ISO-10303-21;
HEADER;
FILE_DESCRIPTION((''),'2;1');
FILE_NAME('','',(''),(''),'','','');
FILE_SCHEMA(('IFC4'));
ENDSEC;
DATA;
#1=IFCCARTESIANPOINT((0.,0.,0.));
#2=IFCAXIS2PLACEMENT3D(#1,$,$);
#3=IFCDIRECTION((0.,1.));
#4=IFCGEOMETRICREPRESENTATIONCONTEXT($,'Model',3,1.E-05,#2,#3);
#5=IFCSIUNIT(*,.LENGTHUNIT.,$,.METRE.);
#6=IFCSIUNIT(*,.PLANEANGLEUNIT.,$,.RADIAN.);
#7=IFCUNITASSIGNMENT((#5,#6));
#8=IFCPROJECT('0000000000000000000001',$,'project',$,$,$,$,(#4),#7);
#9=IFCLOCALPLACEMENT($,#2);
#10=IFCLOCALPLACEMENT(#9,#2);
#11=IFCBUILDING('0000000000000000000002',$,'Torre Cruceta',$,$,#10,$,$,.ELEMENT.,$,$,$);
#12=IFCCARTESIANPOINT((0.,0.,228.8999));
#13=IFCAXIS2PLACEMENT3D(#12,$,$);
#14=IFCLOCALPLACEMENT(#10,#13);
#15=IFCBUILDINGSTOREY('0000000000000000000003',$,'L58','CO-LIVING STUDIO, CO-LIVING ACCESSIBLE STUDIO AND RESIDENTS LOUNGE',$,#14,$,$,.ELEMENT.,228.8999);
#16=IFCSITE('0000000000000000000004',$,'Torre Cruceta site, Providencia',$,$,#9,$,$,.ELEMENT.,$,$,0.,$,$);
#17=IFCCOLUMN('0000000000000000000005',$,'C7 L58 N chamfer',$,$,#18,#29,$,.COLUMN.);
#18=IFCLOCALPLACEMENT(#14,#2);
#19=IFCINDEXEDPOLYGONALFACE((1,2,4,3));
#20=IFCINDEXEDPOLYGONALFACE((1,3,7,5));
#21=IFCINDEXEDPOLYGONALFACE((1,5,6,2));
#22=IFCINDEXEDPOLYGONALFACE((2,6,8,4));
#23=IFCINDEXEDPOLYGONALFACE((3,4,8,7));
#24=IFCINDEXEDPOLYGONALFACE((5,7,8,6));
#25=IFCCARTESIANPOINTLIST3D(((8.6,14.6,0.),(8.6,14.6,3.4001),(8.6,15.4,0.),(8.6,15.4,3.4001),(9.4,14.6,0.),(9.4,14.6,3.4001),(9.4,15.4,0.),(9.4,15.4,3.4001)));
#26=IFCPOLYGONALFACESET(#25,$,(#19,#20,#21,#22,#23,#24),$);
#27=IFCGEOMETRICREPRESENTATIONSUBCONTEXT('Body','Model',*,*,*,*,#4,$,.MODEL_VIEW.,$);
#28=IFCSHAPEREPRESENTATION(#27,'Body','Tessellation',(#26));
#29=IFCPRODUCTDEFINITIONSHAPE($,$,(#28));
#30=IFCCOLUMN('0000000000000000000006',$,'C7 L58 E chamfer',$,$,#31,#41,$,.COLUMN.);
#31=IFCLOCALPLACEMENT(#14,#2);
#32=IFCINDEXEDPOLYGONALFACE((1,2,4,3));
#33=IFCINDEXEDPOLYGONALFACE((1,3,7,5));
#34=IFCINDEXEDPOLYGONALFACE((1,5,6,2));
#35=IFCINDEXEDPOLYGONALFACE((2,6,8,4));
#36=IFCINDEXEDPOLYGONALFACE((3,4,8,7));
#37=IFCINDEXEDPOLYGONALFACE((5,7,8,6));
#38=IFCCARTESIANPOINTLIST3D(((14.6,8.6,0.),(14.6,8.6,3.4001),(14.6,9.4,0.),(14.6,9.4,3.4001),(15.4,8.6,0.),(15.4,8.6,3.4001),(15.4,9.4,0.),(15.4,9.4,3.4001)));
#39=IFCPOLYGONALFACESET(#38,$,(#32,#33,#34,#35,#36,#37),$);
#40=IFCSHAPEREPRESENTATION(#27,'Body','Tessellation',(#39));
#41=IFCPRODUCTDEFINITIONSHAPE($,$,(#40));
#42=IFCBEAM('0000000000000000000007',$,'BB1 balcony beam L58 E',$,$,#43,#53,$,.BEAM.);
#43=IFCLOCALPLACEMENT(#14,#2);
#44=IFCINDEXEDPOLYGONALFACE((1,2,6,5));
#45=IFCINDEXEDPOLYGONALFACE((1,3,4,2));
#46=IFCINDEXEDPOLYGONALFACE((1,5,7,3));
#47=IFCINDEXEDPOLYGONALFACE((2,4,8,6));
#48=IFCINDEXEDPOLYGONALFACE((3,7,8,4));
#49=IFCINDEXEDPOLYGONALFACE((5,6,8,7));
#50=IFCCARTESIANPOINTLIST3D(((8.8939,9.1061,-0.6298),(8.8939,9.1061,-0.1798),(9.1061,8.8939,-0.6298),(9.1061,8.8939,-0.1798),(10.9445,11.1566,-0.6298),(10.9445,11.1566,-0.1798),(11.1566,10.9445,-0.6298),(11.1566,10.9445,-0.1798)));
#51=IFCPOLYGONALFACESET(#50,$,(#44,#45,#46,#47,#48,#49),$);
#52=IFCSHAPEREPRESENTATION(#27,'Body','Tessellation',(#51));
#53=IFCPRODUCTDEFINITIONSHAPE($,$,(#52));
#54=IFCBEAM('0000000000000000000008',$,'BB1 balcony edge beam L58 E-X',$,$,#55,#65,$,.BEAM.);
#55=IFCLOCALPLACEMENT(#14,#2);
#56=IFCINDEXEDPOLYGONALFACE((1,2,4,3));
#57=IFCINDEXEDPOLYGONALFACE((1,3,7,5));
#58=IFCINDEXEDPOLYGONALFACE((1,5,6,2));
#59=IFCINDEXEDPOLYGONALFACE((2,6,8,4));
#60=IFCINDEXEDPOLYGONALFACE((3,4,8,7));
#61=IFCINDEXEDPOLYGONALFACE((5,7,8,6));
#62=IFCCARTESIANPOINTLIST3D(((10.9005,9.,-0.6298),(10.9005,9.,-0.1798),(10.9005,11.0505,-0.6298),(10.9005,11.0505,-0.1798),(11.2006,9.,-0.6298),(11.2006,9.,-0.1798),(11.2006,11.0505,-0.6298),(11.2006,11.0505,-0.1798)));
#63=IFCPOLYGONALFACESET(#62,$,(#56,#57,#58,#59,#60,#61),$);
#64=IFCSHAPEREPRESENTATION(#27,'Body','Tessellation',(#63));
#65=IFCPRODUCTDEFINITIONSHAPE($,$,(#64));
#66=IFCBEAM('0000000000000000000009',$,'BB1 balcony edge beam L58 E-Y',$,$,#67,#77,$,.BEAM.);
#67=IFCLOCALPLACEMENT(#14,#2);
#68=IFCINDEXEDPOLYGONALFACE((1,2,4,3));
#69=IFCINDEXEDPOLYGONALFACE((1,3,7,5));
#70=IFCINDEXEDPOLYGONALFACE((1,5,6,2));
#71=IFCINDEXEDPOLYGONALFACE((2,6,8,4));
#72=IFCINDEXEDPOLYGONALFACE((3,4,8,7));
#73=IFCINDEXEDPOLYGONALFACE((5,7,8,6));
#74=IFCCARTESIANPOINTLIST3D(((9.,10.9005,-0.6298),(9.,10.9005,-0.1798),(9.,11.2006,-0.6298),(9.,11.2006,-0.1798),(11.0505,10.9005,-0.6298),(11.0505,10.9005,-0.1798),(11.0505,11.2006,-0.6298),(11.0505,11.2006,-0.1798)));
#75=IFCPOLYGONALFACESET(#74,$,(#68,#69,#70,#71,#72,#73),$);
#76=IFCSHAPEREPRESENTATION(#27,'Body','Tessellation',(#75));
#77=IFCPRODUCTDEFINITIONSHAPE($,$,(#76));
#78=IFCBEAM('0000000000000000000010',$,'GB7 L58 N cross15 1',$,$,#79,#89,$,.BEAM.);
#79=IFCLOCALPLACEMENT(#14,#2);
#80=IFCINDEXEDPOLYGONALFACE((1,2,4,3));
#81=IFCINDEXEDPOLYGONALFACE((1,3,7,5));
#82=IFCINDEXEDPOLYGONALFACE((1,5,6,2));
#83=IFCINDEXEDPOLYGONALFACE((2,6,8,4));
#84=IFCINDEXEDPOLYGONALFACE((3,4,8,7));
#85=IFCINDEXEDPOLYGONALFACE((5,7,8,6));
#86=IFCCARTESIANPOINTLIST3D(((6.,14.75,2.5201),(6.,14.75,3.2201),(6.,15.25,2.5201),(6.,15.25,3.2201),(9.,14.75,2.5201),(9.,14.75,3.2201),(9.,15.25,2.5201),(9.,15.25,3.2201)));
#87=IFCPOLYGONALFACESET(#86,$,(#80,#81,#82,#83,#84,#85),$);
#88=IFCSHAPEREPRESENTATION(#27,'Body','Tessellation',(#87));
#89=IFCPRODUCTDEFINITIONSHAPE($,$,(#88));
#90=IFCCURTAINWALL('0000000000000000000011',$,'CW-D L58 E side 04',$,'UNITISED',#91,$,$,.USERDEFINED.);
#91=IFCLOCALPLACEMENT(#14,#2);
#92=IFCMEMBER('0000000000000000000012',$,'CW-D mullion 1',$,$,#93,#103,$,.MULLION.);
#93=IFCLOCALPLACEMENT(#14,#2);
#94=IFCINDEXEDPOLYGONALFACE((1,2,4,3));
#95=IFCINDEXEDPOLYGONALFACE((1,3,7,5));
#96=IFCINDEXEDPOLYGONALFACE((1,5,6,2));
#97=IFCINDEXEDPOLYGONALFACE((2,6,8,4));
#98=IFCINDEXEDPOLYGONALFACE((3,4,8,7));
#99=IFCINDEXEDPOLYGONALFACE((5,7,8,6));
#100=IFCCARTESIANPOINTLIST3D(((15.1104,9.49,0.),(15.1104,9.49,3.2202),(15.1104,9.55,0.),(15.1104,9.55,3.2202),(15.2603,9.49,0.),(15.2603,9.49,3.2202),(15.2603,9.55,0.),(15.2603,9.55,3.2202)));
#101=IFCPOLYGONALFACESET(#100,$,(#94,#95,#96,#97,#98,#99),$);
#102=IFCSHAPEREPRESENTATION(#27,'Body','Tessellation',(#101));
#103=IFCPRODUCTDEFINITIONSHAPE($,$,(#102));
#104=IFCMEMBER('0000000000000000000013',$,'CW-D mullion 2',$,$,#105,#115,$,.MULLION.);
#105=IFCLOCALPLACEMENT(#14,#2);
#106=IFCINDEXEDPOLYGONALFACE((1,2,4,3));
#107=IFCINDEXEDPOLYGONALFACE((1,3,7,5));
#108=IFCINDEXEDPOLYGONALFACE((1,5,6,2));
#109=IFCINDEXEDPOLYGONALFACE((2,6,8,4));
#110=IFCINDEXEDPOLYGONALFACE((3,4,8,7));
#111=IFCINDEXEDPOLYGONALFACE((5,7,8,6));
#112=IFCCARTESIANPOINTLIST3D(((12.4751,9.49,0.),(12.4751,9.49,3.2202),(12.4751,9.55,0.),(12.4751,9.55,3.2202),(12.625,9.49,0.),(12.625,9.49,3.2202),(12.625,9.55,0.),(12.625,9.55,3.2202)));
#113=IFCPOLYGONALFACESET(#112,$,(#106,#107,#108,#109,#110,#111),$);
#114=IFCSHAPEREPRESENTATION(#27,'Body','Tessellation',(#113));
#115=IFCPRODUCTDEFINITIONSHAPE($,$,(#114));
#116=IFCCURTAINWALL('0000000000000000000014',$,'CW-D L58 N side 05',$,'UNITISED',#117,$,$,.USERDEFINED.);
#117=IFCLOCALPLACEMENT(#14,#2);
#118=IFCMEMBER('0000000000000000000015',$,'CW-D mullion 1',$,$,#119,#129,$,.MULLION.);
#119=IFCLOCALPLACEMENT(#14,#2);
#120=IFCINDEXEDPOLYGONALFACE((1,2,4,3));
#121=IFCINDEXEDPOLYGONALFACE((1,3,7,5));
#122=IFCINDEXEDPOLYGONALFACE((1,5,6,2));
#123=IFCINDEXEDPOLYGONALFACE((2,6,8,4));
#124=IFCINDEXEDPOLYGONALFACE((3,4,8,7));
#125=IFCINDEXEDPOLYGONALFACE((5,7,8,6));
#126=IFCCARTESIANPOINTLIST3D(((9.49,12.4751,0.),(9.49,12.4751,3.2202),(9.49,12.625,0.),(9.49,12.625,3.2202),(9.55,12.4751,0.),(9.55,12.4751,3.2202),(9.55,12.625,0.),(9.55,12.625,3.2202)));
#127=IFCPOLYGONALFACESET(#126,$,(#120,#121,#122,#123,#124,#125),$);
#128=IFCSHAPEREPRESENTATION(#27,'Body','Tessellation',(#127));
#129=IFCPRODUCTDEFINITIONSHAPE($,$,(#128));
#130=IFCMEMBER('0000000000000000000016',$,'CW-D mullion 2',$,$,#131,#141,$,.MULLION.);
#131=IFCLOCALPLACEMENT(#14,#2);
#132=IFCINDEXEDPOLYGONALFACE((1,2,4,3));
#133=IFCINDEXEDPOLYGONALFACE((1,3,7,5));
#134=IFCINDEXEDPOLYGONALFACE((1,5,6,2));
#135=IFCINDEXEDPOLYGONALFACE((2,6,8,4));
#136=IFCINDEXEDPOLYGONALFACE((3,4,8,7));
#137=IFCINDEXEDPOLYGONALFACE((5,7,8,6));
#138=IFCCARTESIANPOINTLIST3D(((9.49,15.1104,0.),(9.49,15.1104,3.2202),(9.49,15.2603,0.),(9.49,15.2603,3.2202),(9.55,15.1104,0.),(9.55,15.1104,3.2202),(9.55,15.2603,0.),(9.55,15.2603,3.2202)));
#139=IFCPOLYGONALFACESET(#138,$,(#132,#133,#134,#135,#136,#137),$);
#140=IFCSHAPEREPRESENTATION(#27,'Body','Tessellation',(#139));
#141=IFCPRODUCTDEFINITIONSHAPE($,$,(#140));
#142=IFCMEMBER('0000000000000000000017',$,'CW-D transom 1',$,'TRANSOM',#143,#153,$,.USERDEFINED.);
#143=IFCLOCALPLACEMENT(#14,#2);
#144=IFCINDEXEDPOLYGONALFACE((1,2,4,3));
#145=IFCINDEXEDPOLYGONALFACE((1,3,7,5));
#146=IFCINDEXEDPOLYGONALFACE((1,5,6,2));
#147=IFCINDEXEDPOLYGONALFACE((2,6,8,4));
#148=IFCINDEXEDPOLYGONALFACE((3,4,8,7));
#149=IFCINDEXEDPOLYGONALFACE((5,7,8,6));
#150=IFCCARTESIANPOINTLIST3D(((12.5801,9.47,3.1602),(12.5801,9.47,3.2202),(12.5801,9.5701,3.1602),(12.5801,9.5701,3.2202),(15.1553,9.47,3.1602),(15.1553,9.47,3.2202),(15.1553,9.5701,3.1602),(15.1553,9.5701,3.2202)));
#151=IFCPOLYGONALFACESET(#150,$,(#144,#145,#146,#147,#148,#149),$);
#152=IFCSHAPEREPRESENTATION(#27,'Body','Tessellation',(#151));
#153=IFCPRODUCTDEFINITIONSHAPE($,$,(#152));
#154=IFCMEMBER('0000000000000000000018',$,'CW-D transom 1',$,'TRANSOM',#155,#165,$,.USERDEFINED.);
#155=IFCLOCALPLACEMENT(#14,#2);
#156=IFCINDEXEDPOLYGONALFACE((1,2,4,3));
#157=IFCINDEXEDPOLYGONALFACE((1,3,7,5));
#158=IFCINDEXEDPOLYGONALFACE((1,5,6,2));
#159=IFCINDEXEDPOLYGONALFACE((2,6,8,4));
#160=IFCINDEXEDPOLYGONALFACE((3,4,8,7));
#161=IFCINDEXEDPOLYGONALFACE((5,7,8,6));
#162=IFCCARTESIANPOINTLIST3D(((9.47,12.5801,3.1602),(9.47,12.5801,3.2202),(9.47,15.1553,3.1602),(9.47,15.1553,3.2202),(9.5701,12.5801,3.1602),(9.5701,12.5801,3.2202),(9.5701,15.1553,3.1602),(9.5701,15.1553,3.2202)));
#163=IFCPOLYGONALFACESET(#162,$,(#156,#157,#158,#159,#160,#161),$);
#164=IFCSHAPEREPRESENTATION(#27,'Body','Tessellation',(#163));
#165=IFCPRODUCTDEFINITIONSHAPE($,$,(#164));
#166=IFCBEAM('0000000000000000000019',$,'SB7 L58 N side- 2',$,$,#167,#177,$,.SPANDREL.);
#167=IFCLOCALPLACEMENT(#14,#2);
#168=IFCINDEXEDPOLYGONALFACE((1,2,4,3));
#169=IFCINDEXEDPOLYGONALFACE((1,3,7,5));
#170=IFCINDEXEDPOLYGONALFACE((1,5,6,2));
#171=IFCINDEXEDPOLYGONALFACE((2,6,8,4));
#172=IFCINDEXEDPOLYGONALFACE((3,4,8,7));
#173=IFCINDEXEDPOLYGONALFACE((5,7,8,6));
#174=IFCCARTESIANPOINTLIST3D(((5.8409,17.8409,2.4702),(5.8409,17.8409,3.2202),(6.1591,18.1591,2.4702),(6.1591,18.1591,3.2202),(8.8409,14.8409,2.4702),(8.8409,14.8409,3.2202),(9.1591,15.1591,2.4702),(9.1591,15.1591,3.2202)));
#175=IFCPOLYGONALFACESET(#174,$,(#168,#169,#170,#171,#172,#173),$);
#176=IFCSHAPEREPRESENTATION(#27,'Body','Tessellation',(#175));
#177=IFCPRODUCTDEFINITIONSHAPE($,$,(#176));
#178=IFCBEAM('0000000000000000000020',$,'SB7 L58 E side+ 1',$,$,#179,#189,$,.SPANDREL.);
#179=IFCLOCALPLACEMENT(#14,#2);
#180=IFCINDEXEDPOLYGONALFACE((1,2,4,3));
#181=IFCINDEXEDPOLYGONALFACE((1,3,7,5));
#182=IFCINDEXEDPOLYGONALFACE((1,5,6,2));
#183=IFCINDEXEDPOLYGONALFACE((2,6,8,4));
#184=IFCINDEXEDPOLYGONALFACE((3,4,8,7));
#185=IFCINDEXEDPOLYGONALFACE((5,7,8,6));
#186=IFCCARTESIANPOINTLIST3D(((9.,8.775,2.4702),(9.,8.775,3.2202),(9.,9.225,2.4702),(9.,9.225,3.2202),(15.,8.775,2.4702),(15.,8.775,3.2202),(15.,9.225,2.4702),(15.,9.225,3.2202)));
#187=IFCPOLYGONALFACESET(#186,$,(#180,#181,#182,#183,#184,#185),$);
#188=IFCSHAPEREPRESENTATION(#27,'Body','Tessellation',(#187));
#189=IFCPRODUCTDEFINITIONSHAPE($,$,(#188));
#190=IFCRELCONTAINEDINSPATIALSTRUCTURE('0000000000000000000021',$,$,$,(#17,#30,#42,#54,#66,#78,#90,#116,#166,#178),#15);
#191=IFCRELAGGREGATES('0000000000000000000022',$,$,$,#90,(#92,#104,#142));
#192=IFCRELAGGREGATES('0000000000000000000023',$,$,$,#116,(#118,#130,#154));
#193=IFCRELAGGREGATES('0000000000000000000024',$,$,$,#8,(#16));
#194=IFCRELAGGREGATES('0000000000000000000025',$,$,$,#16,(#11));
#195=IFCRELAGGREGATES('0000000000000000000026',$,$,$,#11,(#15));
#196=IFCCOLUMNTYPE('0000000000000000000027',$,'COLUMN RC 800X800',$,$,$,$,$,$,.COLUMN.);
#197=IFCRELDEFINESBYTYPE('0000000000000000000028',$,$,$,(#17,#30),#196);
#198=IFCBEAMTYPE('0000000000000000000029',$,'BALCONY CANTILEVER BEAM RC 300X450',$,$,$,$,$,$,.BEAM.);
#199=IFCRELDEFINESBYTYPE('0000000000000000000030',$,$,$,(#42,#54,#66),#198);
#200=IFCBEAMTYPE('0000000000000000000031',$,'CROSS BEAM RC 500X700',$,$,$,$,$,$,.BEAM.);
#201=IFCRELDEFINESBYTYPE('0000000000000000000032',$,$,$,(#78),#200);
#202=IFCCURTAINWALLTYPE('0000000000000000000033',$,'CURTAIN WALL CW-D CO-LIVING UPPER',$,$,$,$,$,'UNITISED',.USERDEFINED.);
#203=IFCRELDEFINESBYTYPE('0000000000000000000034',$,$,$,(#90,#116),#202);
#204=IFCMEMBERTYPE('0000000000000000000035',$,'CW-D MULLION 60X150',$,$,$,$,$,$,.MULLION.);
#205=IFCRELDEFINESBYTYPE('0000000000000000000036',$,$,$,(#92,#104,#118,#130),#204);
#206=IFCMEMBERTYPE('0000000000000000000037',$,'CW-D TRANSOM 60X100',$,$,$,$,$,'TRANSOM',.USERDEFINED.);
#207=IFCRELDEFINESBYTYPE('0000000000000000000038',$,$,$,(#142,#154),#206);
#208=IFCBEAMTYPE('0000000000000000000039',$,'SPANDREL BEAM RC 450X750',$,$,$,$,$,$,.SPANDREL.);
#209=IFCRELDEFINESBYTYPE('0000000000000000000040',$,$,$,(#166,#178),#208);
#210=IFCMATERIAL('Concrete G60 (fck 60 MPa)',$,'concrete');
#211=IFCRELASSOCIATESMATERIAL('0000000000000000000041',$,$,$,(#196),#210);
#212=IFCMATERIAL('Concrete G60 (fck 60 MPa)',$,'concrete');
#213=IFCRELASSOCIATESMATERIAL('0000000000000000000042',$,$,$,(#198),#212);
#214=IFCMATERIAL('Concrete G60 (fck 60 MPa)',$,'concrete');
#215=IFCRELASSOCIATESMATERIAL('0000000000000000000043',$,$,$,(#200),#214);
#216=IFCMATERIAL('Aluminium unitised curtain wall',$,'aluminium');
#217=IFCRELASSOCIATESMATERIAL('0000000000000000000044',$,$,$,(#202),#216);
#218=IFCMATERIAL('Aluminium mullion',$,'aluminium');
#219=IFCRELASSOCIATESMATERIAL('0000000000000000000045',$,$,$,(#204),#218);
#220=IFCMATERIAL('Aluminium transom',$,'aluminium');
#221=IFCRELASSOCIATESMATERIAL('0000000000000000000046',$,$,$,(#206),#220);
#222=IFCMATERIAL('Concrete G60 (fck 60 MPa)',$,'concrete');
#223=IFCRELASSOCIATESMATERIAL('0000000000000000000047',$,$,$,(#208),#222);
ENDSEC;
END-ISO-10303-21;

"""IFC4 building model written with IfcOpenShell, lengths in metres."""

from ifc_helpers import new_model, si_unit, direction, frame, origin, origin_2d, place, context, subcontext, project, spatial, rectangle, extrude, material, material_profile, profile_set, type_object, element, aggregate, save


model = new_model("IFC4")

# Units and contexts
model_context = context("Model", 3, precision=1e-05, world=origin(), true_north=direction((0.0, 1.0)))
body_context = subcontext(model_context, "Body", "Model", "MODEL_VIEW")
ifc_project = project(units=[si_unit("LENGTHUNIT", "METRE"), si_unit("PLANEANGLEUNIT", "RADIAN")], contexts=[model_context])

# Site, building, storey
site_placement = place(None, origin())
site = spatial("IfcSite", under=ifc_project, at=site_placement, Name="Torre Cruceta site, Providencia", CompositionType="ELEMENT", RefElevation=0.0)
building_placement = place(site_placement, origin())
building = spatial("IfcBuilding", under=site, at=building_placement, Name="Torre Cruceta", CompositionType="ELEMENT")
storey_placement = place(building_placement, frame((0.0, 0.0, 228.8999)))
storey = spatial("IfcBuildingStorey", under=building, at=storey_placement, Name="L58", Description="CO-LIVING STUDIO, CO-LIVING ACCESSIBLE STUDIO AND RESIDENTS LOUNGE", CompositionType="ELEMENT", Elevation=228.8999)

# Columns
ifc_material_1 = material(Name="Concrete G60 (fck 60 MPa)", Category="concrete")
ifc_material_profile_1 = material_profile(ifc_material_1, rectangle(XDim=0.8, YDim=0.8, at=origin_2d()), Name="RC 800X800")
ifc_profile_set_1 = profile_set([ifc_material_profile_1], Name="Concrete G60 (fck 60 MPa)")
column_type = type_object("IfcColumnType", Name="COLUMN RC 800X800", PredefinedType="COLUMN", material=ifc_profile_set_1)
for number, where, z_axis, x_axis, name in (
    (1, (9.0, 15.0, 0.0), (0.0, 0.0, 1.0), (1.0, 0.0, 0.0), "C7 L58 N chamfer"),
    (2, (15.0, 9.0, 0.0), (0.0, 0.0, 1.0), (1.0, 0.0, 0.0), "C7 L58 E chamfer"),
):
    element("IfcColumn", number, at=place(storey_placement, frame(where, z_axis=z_axis, x_axis=x_axis)), inside=storey, type_object=column_type, Name=name, PredefinedType="COLUMN", context=body_context, shape_type="SweptSolid", body=[
        extrude(rectangle(XDim=0.8, YDim=0.8, at=origin_2d()), origin(), (0.0, 0.0, 1.0), 3.4001),
    ])

# Beams
ifc_material_2 = material(Name="Concrete G60 (fck 60 MPa)", Category="concrete")
ifc_material_profile_2 = material_profile(ifc_material_2, rectangle(XDim=0.3, YDim=0.45, at=origin_2d()), Name="RC 300X450")
ifc_profile_set_2 = profile_set([ifc_material_profile_2], Name="Concrete G60 (fck 60 MPa)")
beam_type_1 = type_object("IfcBeamType", Name="BALCONY CANTILEVER BEAM RC 300X450", PredefinedType="BEAM", material=ifc_profile_set_2)
beam_1_placement = place(storey_placement, frame((9.0, 9.0, -0.4048), z_axis=(0.707107, 0.707107, 0.0), x_axis=(-0.707107, 0.707107, 0.0)))
element("IfcBeam", 3, at=beam_1_placement, inside=storey, type_object=beam_type_1, Name="BB1 balcony beam L58 E", PredefinedType="BEAM", context=body_context, shape_type="SweptSolid", body=[
    extrude(rectangle(XDim=0.3, YDim=0.45, at=origin_2d()), origin(), (0.0, 0.0, 1.0), 2.8999),
])
for number, where, z_axis, x_axis, name in (
    (4, (11.0505, 9.0, -0.4048), (0.0, 1.0, 0.0), (-1.0, 0.0, 0.0), "BB1 balcony edge beam L58 E-X"),
    (5, (9.0, 11.0505, -0.4048), (1.0, 0.0, 0.0), (0.0, 1.0, 0.0), "BB1 balcony edge beam L58 E-Y"),
):
    element("IfcBeam", number, at=place(storey_placement, frame(where, z_axis=z_axis, x_axis=x_axis)), inside=storey, type_object=beam_type_1, Name=name, PredefinedType="BEAM", context=body_context, shape_type="SweptSolid", body=[
        extrude(rectangle(XDim=0.3, YDim=0.45, at=origin_2d()), origin(), (0.0, 0.0, 1.0), 2.0505),
    ])
ifc_material_3 = material(Name="Concrete G60 (fck 60 MPa)", Category="concrete")
ifc_material_profile_3 = material_profile(ifc_material_3, rectangle(XDim=0.5, YDim=0.7, at=origin_2d()), Name="RC 500X700")
ifc_profile_set_3 = profile_set([ifc_material_profile_3], Name="Concrete G60 (fck 60 MPa)")
beam_type_2 = type_object("IfcBeamType", Name="CROSS BEAM RC 500X700", PredefinedType="BEAM", material=ifc_profile_set_3)
beam_2_placement = place(storey_placement, frame((9.0, 15.0, 2.8701), z_axis=(-1.0, 0.0, 0.0), x_axis=(0.0, -1.0, 0.0)))
element("IfcBeam", 6, at=beam_2_placement, inside=storey, type_object=beam_type_2, Name="GB7 L58 N cross15 1", PredefinedType="BEAM", context=body_context, shape_type="SweptSolid", body=[
    extrude(rectangle(XDim=0.5, YDim=0.7, at=origin_2d()), origin(), (0.0, 0.0, 1.0), 3.0),
])

# Curtain walls, members
ifc_material_4 = material(Name="Aluminium unitised curtain wall", Category="aluminium")
curtain_wall_type = type_object("IfcCurtainWallType", Name="CURTAIN WALL CW-D CO-LIVING UPPER", ElementType="UNITISED", PredefinedType="USERDEFINED", material=ifc_material_4)
curtain_wall_1_placement = place(storey_placement, origin())
curtain_wall_1 = element("IfcCurtainWall", 7, at=curtain_wall_1_placement, inside=storey, type_object=curtain_wall_type, Name="CW-D L58 E side 04", ObjectType="UNITISED", PredefinedType="USERDEFINED")
ifc_material_5 = material(Name="Aluminium mullion", Category="aluminium")
ifc_material_profile_4 = material_profile(ifc_material_5, rectangle(XDim=0.0601, YDim=0.1499, at=origin_2d()), Name="AL 60X150")
ifc_profile_set_4 = profile_set([ifc_material_profile_4], Name="Aluminium mullion")
member_type_1 = type_object("IfcMemberType", Name="CW-D MULLION 60X150", PredefinedType="MULLION", material=ifc_profile_set_4)
member_1_placement = place(storey_placement, frame((15.1853, 9.52, 0.0), z_axis=(0.0, 0.0, 1.0), x_axis=(0.0, -1.0, 0.0)))
member_1 = element("IfcMember", 8, at=member_1_placement, type_object=member_type_1, Name="CW-D mullion 1", PredefinedType="MULLION", context=body_context, shape_type="SweptSolid", body=[
    extrude(rectangle(XDim=0.0601, YDim=0.1499, at=origin_2d()), origin(), (0.0, 0.0, 1.0), 3.2202),
])
member_2_placement = place(storey_placement, frame((12.55, 9.52, 0.0), z_axis=(0.0, 0.0, 1.0), x_axis=(0.0, -1.0, 0.0)))
member_2 = element("IfcMember", 9, at=member_2_placement, type_object=member_type_1, Name="CW-D mullion 2", PredefinedType="MULLION", context=body_context, shape_type="SweptSolid", body=[
    extrude(rectangle(XDim=0.0601, YDim=0.1499, at=origin_2d()), origin(), (0.0, 0.0, 1.0), 3.2202),
])
curtain_wall_2_placement = place(storey_placement, origin())
curtain_wall_2 = element("IfcCurtainWall", 10, at=curtain_wall_2_placement, inside=storey, type_object=curtain_wall_type, Name="CW-D L58 N side 05", ObjectType="UNITISED", PredefinedType="USERDEFINED")
member_3_placement = place(storey_placement, frame((9.52, 12.55, 0.0), z_axis=(0.0, 0.0, 1.0), x_axis=(-1.0, 0.0, 0.0)))
member_3 = element("IfcMember", 11, at=member_3_placement, type_object=member_type_1, Name="CW-D mullion 1", PredefinedType="MULLION", context=body_context, shape_type="SweptSolid", body=[
    extrude(rectangle(XDim=0.0601, YDim=0.1499, at=origin_2d()), origin(), (0.0, 0.0, 1.0), 3.2202),
])
member_4_placement = place(storey_placement, frame((9.52, 15.1853, 0.0), z_axis=(0.0, 0.0, 1.0), x_axis=(-1.0, 0.0, 0.0)))
member_4 = element("IfcMember", 12, at=member_4_placement, type_object=member_type_1, Name="CW-D mullion 2", PredefinedType="MULLION", context=body_context, shape_type="SweptSolid", body=[
    extrude(rectangle(XDim=0.0601, YDim=0.1499, at=origin_2d()), origin(), (0.0, 0.0, 1.0), 3.2202),
])

# Members
ifc_material_6 = material(Name="Aluminium transom", Category="aluminium")
ifc_material_profile_5 = material_profile(ifc_material_6, rectangle(XDim=0.1001, YDim=0.0601, at=origin_2d()), Name="AL 100X60")
ifc_profile_set_5 = profile_set([ifc_material_profile_5], Name="Aluminium transom")
member_type_2 = type_object("IfcMemberType", Name="CW-D TRANSOM 60X100", ElementType="TRANSOM", PredefinedType="USERDEFINED", material=ifc_profile_set_5)
member_5_placement = place(storey_placement, frame((15.1553, 9.52, 3.1902), z_axis=(-1.0, 0.0, 0.0), x_axis=(0.0, -1.0, 0.0)))
member_5 = element("IfcMember", 13, at=member_5_placement, type_object=member_type_2, Name="CW-D transom 1", ObjectType="TRANSOM", PredefinedType="USERDEFINED", context=body_context, shape_type="SweptSolid", body=[
    extrude(rectangle(XDim=0.1001, YDim=0.0601, at=origin_2d()), origin(), (0.0, 0.0, 1.0), 2.5752),
])
member_6_placement = place(storey_placement, frame((9.52, 12.5801, 3.1902), z_axis=(0.0, 1.0, 0.0), x_axis=(-1.0, 0.0, 0.0)))
member_6 = element("IfcMember", 14, at=member_6_placement, type_object=member_type_2, Name="CW-D transom 1", ObjectType="TRANSOM", PredefinedType="USERDEFINED", context=body_context, shape_type="SweptSolid", body=[
    extrude(rectangle(XDim=0.1001, YDim=0.0601, at=origin_2d()), origin(), (0.0, 0.0, 1.0), 2.5752),
])

# Beams
ifc_material_7 = material(Name="Concrete G60 (fck 60 MPa)", Category="concrete")
ifc_material_profile_6 = material_profile(ifc_material_7, rectangle(XDim=0.45, YDim=0.75, at=origin_2d()), Name="RC 450X750")
ifc_profile_set_6 = profile_set([ifc_material_profile_6], Name="Concrete G60 (fck 60 MPa)")
beam_type_3 = type_object("IfcBeamType", Name="SPANDREL BEAM RC 450X750", PredefinedType="SPANDREL", material=ifc_profile_set_6)
beam_3_placement = place(storey_placement, frame((9.0, 15.0, 2.8452), z_axis=(-0.707107, 0.707107, 0.0), x_axis=(-0.707107, -0.707107, 0.0)))
element("IfcBeam", 15, at=beam_3_placement, inside=storey, type_object=beam_type_3, Name="SB7 L58 N side- 2", PredefinedType="SPANDREL", context=body_context, shape_type="SweptSolid", body=[
    extrude(rectangle(XDim=0.45, YDim=0.75, at=origin_2d()), origin(), (0.0, 0.0, 1.0), 4.2427),
])
beam_4_placement = place(storey_placement, frame((9.0, 9.0, 2.8452), z_axis=(1.0, 0.0, 0.0), x_axis=(0.0, 1.0, 0.0)))
element("IfcBeam", 16, at=beam_4_placement, inside=storey, type_object=beam_type_3, Name="SB7 L58 E side+ 1", PredefinedType="SPANDREL", context=body_context, shape_type="SweptSolid", body=[
    extrude(rectangle(XDim=0.45, YDim=0.75, at=origin_2d()), origin(), (0.0, 0.0, 1.0), 6.0),
])

aggregate(curtain_wall_1, [member_1, member_2, member_5])
aggregate(curtain_wall_2, [member_3, member_4, member_6])

save(model, "model.ifc")
